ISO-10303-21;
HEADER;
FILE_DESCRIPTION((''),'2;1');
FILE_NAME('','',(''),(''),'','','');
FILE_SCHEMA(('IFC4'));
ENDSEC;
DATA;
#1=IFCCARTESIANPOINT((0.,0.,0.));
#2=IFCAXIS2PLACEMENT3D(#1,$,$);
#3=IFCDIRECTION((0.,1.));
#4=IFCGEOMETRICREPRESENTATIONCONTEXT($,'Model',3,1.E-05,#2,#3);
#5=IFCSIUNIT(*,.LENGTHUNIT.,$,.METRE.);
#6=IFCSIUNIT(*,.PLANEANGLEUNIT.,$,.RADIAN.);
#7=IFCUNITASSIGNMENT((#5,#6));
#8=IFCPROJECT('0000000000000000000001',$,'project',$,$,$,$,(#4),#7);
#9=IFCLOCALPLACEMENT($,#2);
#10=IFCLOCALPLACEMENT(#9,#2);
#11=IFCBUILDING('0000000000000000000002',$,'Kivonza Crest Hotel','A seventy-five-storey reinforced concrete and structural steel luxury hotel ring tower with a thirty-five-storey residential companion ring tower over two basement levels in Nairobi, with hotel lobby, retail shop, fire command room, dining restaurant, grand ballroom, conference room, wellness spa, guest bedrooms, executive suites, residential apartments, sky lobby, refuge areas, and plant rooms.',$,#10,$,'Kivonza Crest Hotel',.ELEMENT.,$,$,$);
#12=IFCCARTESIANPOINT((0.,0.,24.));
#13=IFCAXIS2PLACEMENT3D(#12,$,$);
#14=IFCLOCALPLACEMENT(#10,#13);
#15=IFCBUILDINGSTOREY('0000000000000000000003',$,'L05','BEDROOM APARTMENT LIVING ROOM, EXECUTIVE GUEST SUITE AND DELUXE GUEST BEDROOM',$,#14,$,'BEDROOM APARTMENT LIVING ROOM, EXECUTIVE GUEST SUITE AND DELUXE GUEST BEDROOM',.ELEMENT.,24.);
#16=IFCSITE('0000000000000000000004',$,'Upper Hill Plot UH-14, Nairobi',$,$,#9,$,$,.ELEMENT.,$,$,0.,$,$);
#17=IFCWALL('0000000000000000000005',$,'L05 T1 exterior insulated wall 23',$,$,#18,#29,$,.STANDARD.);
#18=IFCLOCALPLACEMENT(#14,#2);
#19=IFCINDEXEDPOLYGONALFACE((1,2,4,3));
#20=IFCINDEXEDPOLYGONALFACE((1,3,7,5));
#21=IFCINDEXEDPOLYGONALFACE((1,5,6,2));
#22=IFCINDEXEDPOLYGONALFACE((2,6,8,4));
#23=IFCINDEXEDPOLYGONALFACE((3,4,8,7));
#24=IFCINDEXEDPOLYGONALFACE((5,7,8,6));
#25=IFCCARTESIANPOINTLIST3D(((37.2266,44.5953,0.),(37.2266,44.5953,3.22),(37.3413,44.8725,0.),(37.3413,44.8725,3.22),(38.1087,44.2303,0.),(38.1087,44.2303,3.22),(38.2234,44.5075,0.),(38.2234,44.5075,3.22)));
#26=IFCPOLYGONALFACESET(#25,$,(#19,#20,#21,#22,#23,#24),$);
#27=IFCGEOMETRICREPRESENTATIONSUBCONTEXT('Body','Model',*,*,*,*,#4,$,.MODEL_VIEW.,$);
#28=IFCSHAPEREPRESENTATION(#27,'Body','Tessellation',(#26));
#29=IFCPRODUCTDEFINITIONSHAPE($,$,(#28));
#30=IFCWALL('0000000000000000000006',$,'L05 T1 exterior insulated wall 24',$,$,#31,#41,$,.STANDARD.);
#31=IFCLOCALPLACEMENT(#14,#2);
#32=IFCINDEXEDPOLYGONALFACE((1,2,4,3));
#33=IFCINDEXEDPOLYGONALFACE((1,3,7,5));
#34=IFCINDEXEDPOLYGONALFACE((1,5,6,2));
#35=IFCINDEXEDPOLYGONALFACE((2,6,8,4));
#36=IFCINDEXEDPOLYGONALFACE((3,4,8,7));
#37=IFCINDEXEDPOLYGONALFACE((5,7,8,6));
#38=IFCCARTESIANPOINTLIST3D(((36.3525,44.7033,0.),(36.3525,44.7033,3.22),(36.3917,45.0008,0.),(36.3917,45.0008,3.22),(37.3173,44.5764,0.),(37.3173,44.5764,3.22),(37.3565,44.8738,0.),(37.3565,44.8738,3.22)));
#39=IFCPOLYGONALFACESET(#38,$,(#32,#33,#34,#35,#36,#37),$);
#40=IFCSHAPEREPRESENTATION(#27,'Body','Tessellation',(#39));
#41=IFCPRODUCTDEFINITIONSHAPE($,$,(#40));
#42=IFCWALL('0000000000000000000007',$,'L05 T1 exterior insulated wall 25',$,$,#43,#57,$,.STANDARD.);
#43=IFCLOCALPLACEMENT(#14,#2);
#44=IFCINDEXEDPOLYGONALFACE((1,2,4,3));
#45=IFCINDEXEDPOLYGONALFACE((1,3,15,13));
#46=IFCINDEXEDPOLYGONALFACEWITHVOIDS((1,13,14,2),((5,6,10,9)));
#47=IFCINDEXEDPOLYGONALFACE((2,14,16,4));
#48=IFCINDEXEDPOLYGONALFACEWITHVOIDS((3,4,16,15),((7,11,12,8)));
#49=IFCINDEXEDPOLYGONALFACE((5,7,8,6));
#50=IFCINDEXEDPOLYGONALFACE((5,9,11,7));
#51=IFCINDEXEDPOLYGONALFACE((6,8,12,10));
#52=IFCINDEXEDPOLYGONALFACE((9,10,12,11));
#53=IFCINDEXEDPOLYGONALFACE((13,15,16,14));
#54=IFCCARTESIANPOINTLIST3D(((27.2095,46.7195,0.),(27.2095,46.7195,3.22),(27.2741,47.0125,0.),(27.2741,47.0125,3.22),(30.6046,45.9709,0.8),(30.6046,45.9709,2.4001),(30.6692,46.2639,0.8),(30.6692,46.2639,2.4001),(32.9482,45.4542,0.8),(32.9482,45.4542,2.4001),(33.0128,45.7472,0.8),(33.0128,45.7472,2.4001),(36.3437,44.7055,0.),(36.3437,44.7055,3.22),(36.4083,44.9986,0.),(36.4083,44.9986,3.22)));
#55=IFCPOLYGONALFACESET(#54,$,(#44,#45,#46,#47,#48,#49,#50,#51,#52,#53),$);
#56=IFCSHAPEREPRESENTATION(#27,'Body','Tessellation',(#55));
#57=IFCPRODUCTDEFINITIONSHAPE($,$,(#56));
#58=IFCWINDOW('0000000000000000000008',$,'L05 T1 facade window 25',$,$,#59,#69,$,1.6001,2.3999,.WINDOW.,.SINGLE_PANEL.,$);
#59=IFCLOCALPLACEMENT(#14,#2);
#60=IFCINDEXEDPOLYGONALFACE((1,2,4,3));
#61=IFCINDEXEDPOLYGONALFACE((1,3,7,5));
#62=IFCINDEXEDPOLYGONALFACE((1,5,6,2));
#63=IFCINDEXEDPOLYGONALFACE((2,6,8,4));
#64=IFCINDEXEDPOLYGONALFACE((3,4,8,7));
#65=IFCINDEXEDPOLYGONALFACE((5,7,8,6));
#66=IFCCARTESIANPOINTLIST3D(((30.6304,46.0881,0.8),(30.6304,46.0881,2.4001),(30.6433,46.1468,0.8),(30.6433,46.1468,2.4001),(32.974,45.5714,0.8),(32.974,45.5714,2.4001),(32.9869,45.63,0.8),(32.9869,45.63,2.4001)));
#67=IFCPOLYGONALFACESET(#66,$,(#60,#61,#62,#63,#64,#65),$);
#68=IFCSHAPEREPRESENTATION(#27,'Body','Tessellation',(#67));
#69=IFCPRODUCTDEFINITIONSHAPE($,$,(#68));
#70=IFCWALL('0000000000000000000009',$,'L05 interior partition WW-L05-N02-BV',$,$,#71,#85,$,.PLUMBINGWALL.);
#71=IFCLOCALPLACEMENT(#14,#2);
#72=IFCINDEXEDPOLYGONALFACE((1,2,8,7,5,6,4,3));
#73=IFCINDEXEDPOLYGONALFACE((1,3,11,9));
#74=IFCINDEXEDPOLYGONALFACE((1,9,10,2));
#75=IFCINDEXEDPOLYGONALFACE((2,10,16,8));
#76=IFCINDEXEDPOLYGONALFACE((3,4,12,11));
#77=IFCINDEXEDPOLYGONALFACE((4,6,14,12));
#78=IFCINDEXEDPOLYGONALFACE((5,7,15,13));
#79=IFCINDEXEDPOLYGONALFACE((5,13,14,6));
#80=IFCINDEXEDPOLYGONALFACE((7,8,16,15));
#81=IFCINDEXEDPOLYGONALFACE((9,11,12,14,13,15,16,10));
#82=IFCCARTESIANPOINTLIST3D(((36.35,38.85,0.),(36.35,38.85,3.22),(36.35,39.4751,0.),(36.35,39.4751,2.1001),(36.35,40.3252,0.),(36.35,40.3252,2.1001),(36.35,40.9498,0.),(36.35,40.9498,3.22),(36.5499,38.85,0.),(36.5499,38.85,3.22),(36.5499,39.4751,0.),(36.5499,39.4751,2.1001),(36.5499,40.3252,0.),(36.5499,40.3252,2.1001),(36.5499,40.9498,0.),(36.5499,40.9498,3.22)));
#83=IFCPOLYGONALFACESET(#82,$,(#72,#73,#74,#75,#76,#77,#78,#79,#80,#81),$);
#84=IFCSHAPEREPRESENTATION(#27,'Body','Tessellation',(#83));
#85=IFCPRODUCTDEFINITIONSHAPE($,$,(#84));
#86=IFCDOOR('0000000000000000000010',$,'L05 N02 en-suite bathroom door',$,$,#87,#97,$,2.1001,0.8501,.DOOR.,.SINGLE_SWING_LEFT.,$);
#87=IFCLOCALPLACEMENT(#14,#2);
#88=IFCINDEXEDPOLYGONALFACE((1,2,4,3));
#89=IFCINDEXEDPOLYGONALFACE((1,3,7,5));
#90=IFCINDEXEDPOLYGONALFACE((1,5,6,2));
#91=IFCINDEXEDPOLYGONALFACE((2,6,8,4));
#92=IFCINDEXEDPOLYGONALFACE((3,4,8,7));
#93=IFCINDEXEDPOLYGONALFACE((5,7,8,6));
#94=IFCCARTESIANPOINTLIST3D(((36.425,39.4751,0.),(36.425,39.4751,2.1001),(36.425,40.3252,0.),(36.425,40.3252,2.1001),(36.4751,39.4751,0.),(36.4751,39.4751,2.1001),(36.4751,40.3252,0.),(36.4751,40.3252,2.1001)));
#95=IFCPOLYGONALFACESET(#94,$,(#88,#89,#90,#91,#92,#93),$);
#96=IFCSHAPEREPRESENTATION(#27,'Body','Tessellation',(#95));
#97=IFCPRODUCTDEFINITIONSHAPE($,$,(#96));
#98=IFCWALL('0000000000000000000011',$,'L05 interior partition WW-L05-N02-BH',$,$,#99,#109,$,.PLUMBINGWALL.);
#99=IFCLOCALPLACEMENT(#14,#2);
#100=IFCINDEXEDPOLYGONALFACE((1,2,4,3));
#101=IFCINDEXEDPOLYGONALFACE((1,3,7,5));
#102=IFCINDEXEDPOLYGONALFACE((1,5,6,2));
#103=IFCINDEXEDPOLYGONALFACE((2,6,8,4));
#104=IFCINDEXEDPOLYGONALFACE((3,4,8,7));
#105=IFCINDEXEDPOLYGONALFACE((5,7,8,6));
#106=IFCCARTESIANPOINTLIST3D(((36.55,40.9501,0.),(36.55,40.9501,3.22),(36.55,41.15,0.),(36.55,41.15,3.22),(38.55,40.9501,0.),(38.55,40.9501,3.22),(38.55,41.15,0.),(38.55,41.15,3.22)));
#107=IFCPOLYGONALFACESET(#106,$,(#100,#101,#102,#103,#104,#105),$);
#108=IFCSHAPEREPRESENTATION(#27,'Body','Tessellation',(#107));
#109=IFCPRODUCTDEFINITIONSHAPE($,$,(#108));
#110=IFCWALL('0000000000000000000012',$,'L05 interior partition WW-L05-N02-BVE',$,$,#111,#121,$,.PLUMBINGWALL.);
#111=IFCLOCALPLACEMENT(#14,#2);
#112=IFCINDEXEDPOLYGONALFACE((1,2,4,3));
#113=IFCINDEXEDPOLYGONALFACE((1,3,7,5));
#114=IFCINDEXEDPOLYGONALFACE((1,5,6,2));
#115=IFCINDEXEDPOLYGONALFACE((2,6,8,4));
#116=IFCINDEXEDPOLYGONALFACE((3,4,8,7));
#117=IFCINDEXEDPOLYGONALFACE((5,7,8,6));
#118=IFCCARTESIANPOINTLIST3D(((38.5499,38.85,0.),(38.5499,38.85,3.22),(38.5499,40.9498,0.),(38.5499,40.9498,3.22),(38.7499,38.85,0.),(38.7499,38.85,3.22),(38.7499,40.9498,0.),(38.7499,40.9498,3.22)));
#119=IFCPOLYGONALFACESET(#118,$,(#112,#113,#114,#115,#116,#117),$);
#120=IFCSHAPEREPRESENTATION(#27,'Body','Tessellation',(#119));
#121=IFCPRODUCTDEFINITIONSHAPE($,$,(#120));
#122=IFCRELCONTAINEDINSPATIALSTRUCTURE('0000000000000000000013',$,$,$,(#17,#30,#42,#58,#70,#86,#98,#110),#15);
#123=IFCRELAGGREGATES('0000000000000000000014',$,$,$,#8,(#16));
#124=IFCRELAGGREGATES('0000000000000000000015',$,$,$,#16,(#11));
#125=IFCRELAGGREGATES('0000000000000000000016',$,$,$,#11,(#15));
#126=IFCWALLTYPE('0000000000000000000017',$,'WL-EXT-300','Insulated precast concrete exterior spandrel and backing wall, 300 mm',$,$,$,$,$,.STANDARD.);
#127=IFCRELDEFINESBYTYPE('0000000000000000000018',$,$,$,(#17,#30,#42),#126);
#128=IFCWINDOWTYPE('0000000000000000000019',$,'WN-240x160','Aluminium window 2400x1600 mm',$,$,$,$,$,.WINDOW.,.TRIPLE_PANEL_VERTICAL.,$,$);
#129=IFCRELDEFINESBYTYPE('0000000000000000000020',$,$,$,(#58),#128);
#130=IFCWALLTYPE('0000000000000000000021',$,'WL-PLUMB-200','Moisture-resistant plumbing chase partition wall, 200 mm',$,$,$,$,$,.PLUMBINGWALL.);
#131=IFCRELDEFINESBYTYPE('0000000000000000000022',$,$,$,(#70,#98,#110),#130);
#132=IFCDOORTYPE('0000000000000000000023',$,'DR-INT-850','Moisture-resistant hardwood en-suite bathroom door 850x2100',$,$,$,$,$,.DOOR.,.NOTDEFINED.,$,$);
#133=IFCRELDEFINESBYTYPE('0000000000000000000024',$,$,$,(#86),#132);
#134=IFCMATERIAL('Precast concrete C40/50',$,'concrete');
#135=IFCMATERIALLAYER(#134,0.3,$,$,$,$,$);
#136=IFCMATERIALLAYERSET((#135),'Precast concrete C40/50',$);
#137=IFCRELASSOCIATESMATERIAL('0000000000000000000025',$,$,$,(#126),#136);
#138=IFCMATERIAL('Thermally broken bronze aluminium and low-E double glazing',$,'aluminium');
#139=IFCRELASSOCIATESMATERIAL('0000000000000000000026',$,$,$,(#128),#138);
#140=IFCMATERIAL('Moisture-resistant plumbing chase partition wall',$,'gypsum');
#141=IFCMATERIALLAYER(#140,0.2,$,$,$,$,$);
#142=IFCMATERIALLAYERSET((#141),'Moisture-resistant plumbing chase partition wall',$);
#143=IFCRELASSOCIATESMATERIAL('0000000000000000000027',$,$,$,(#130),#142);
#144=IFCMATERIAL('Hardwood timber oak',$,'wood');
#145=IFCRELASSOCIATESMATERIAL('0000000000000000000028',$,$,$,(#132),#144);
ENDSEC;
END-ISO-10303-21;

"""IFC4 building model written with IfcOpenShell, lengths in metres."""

from ifc_helpers import new_model, si_unit, direction, frame, frame_2d, origin, place, context, subcontext, project, spatial, rectangle, extrude, material, layer, layer_set, type_object, element, fill, save


model = new_model("IFC4")

# Units and contexts
model_context = context("Model", 3, precision=1e-05, world=origin(), true_north=direction((0.0, 1.0)))
body_context = subcontext(model_context, "Body", "Model", "MODEL_VIEW")
ifc_project = project(units=[si_unit("LENGTHUNIT", "METRE"), si_unit("PLANEANGLEUNIT", "RADIAN")], contexts=[model_context])

# Site, building, storey
site_placement = place(None, origin())
site = spatial("IfcSite", under=ifc_project, at=site_placement, Name="Upper Hill Plot UH-14, Nairobi", CompositionType="ELEMENT", RefElevation=0.0)
building_placement = place(site_placement, origin())
building = spatial("IfcBuilding", under=site, at=building_placement, Name="Kivonza Crest Hotel", Description="A seventy-five-storey reinforced concrete and structural steel luxury hotel ring tower with a thirty-five-storey residential companion ring tower over two basement levels in Nairobi, with hotel lobby, retail shop, fire command room, dining restaurant, grand ballroom, conference room, wellness spa, guest bedrooms, executive suites, residential apartments, sky lobby, refuge areas, and plant rooms.", LongName="Kivonza Crest Hotel", CompositionType="ELEMENT")
storey_placement = place(building_placement, frame((0.0, 0.0, 24.0)))
storey = spatial("IfcBuildingStorey", under=building, at=storey_placement, Name="L05", Description="BEDROOM APARTMENT LIVING ROOM, EXECUTIVE GUEST SUITE AND DELUXE GUEST BEDROOM", LongName="BEDROOM APARTMENT LIVING ROOM, EXECUTIVE GUEST SUITE AND DELUXE GUEST BEDROOM", CompositionType="ELEMENT", Elevation=24.0)

# Shared definitions
ifc_material_1 = material(Name="Hardwood timber oak", Category="wood")

# Walls
ifc_material_2 = material(Name="Precast concrete C40/50", Category="concrete")
ifc_layer_1 = layer(ifc_material_2, 0.3)
ifc_layer_set_1 = layer_set([ifc_layer_1], Name="Precast concrete C40/50")
wall_type_1 = type_object("IfcWallType", Name="WL-EXT-300", Description="Insulated precast concrete exterior spandrel and backing wall, 300 mm", PredefinedType="STANDARD", material=ifc_layer_set_1)
wall_1_placement = place(storey_placement, frame((38.166, 44.3689, 0.0), z_axis=(0.0, 0.0, 1.0), x_axis=(-0.92402, 0.382344, 0.0)))
element("IfcWall", 1, at=wall_1_placement, inside=storey, type_object=wall_type_1, Name="L05 T1 exterior insulated wall 23", PredefinedType="STANDARD", context=body_context, shape_type="SweptSolid", body=[
    extrude(rectangle(XDim=0.9546, YDim=0.3, at=frame_2d((0.4773, 0.0))), origin(), (0.0, 0.0, 1.0), 3.22),
])
wall_2_placement = place(storey_placement, frame((37.3369, 44.7251, 0.0), z_axis=(0.0, 0.0, 1.0), x_axis=(-0.991454, 0.130455, 0.0)))
element("IfcWall", 2, at=wall_2_placement, inside=storey, type_object=wall_type_1, Name="L05 T1 exterior insulated wall 24", PredefinedType="STANDARD", context=body_context, shape_type="SweptSolid", body=[
    extrude(rectangle(XDim=0.9731, YDim=0.3, at=frame_2d((0.4866, 0.0))), origin(), (0.0, 0.0, 1.0), 3.22),
])

# Wall, opening, window
wall_3_placement = place(storey_placement, frame((36.376, 44.8521, 0.0), z_axis=(0.0, 0.0, 1.0), x_axis=(-0.976545, 0.215313, 0.0)))
wall_3 = element("IfcWall", 3, at=wall_3_placement, inside=storey, type_object=wall_type_1, Name="L05 T1 exterior insulated wall 25", PredefinedType="STANDARD", context=body_context, shape_type="SweptSolid", body=[
    extrude(rectangle(XDim=9.3535, YDim=0.3, at=frame_2d((4.6768, 0.0))), origin(), (0.0, 0.0, 1.0), 3.22),
])
opening_1_placement = place(wall_3_placement, frame((3.4771, 0.0, 0.8)))
opening_1 = element("IfcOpeningElement", 4, at=opening_1_placement, cuts=wall_3, PredefinedType="OPENING", context=body_context, shape_type="SweptSolid", body=[
    extrude(rectangle(XDim=2.3999, YDim=1.6001, at=frame_2d((1.2, 0.8))), frame((0.0, 0.1602, 0.0), z_axis=(0.0, -1.0, 0.0), x_axis=(1.0, 0.0, 0.0)), (0.0, 0.0, 1.0), 0.3201),
])
ifc_material_3 = material(Name="Thermally broken bronze aluminium and low-E double glazing", Category="aluminium")
window_type = type_object("IfcWindowType", Name="WN-240x160", Description="Aluminium window 2400x1600 mm", PartitioningType="TRIPLE_PANEL_VERTICAL", PredefinedType="WINDOW", material=ifc_material_3)
window_placement = place(opening_1_placement, origin())
window = element("IfcWindow", 5, at=window_placement, inside=storey, type_object=window_type, Name="L05 T1 facade window 25", OverallHeight=1.6001, OverallWidth=2.3999, PartitioningType="SINGLE_PANEL", PredefinedType="WINDOW", context=body_context, shape_type="SweptSolid", body=[
    extrude(rectangle(XDim=2.3999, YDim=1.6001, at=frame_2d((1.2, 0.8))), frame((0.0, 0.03, 0.0), z_axis=(0.0, -1.0, 0.0), x_axis=(1.0, 0.0, 0.0)), (0.0, 0.0, 1.0), 0.0601),
])
fill(opening_1, window)

# Wall, opening, door
ifc_material_4 = material(Name="Moisture-resistant plumbing chase partition wall", Category="gypsum")
ifc_layer_2 = layer(ifc_material_4, 0.2)
ifc_layer_set_2 = layer_set([ifc_layer_2], Name="Moisture-resistant plumbing chase partition wall")
wall_type_2 = type_object("IfcWallType", Name="WL-PLUMB-200", Description="Moisture-resistant plumbing chase partition wall, 200 mm", PredefinedType="PLUMBINGWALL", material=ifc_layer_set_2)
wall_4_placement = place(storey_placement, frame((36.45, 38.8501, 0.0), z_axis=(0.0, 0.0, 1.0), x_axis=(0.0, 1.0, 0.0)))
wall_4 = element("IfcWall", 6, at=wall_4_placement, inside=storey, type_object=wall_type_2, Name="L05 interior partition WW-L05-N02-BV", PredefinedType="PLUMBINGWALL", context=body_context, shape_type="SweptSolid", body=[
    extrude(rectangle(XDim=2.0999, YDim=0.2, at=frame_2d((1.0498, 0.0))), origin(), (0.0, 0.0, 1.0), 3.22),
])
opening_2_placement = place(wall_4_placement, frame((0.625, 0.0, 0.0)))
opening_2 = element("IfcOpeningElement", 7, at=opening_2_placement, cuts=wall_4, PredefinedType="OPENING", context=body_context, shape_type="SweptSolid", body=[
    extrude(rectangle(XDim=0.8501, YDim=2.1001, at=frame_2d((0.425, 1.05))), frame((0.0, 0.1099, 0.0), z_axis=(0.0, -1.0, 0.0), x_axis=(1.0, 0.0, 0.0)), (0.0, 0.0, 1.0), 0.22),
])
door_type_1 = type_object("IfcDoorType", Name="DR-INT-850", Description="Moisture-resistant hardwood en-suite bathroom door 850x2100", OperationType="NOTDEFINED", PredefinedType="DOOR", material=ifc_material_1)
door_1_placement = place(opening_2_placement, origin())
door_1 = element("IfcDoor", 8, at=door_1_placement, inside=storey, type_object=door_type_1, Name="L05 N02 en-suite bathroom door", OperationType="SINGLE_SWING_LEFT", OverallHeight=2.1001, OverallWidth=0.8501, PredefinedType="DOOR", context=body_context, shape_type="SweptSolid", body=[
    extrude(rectangle(XDim=0.8501, YDim=2.1001, at=frame_2d((0.425, 1.05))), frame((0.0, 0.0249, 0.0), z_axis=(0.0, -1.0, 0.0), x_axis=(1.0, 0.0, 0.0)), (0.0, 0.0, 1.0), 0.05),
])
fill(opening_2, door_1)

# Walls
wall_5_placement = place(storey_placement, frame((36.55, 41.05, 0.0), z_axis=(0.0, 0.0, 1.0), x_axis=(1.0, 0.0, 0.0)))
element("IfcWall", 9, at=wall_5_placement, inside=storey, type_object=wall_type_2, Name="L05 interior partition WW-L05-N02-BH", PredefinedType="PLUMBINGWALL", context=body_context, shape_type="SweptSolid", body=[
    extrude(rectangle(XDim=2.0, YDim=0.2, at=frame_2d((1.0, 0.0))), origin(), (0.0, 0.0, 1.0), 3.22),
])
wall_6_placement = place(storey_placement, frame((38.6499, 38.8501, 0.0), z_axis=(0.0, 0.0, 1.0), x_axis=(0.0, 1.0, 0.0)))
element("IfcWall", 10, at=wall_6_placement, inside=storey, type_object=wall_type_2, Name="L05 interior partition WW-L05-N02-BVE", PredefinedType="PLUMBINGWALL", context=body_context, shape_type="SweptSolid", body=[
    extrude(rectangle(XDim=2.0999, YDim=0.2, at=frame_2d((1.0498, 0.0))), origin(), (0.0, 0.0, 1.0), 3.22),
])

save(model, "model.ifc")
